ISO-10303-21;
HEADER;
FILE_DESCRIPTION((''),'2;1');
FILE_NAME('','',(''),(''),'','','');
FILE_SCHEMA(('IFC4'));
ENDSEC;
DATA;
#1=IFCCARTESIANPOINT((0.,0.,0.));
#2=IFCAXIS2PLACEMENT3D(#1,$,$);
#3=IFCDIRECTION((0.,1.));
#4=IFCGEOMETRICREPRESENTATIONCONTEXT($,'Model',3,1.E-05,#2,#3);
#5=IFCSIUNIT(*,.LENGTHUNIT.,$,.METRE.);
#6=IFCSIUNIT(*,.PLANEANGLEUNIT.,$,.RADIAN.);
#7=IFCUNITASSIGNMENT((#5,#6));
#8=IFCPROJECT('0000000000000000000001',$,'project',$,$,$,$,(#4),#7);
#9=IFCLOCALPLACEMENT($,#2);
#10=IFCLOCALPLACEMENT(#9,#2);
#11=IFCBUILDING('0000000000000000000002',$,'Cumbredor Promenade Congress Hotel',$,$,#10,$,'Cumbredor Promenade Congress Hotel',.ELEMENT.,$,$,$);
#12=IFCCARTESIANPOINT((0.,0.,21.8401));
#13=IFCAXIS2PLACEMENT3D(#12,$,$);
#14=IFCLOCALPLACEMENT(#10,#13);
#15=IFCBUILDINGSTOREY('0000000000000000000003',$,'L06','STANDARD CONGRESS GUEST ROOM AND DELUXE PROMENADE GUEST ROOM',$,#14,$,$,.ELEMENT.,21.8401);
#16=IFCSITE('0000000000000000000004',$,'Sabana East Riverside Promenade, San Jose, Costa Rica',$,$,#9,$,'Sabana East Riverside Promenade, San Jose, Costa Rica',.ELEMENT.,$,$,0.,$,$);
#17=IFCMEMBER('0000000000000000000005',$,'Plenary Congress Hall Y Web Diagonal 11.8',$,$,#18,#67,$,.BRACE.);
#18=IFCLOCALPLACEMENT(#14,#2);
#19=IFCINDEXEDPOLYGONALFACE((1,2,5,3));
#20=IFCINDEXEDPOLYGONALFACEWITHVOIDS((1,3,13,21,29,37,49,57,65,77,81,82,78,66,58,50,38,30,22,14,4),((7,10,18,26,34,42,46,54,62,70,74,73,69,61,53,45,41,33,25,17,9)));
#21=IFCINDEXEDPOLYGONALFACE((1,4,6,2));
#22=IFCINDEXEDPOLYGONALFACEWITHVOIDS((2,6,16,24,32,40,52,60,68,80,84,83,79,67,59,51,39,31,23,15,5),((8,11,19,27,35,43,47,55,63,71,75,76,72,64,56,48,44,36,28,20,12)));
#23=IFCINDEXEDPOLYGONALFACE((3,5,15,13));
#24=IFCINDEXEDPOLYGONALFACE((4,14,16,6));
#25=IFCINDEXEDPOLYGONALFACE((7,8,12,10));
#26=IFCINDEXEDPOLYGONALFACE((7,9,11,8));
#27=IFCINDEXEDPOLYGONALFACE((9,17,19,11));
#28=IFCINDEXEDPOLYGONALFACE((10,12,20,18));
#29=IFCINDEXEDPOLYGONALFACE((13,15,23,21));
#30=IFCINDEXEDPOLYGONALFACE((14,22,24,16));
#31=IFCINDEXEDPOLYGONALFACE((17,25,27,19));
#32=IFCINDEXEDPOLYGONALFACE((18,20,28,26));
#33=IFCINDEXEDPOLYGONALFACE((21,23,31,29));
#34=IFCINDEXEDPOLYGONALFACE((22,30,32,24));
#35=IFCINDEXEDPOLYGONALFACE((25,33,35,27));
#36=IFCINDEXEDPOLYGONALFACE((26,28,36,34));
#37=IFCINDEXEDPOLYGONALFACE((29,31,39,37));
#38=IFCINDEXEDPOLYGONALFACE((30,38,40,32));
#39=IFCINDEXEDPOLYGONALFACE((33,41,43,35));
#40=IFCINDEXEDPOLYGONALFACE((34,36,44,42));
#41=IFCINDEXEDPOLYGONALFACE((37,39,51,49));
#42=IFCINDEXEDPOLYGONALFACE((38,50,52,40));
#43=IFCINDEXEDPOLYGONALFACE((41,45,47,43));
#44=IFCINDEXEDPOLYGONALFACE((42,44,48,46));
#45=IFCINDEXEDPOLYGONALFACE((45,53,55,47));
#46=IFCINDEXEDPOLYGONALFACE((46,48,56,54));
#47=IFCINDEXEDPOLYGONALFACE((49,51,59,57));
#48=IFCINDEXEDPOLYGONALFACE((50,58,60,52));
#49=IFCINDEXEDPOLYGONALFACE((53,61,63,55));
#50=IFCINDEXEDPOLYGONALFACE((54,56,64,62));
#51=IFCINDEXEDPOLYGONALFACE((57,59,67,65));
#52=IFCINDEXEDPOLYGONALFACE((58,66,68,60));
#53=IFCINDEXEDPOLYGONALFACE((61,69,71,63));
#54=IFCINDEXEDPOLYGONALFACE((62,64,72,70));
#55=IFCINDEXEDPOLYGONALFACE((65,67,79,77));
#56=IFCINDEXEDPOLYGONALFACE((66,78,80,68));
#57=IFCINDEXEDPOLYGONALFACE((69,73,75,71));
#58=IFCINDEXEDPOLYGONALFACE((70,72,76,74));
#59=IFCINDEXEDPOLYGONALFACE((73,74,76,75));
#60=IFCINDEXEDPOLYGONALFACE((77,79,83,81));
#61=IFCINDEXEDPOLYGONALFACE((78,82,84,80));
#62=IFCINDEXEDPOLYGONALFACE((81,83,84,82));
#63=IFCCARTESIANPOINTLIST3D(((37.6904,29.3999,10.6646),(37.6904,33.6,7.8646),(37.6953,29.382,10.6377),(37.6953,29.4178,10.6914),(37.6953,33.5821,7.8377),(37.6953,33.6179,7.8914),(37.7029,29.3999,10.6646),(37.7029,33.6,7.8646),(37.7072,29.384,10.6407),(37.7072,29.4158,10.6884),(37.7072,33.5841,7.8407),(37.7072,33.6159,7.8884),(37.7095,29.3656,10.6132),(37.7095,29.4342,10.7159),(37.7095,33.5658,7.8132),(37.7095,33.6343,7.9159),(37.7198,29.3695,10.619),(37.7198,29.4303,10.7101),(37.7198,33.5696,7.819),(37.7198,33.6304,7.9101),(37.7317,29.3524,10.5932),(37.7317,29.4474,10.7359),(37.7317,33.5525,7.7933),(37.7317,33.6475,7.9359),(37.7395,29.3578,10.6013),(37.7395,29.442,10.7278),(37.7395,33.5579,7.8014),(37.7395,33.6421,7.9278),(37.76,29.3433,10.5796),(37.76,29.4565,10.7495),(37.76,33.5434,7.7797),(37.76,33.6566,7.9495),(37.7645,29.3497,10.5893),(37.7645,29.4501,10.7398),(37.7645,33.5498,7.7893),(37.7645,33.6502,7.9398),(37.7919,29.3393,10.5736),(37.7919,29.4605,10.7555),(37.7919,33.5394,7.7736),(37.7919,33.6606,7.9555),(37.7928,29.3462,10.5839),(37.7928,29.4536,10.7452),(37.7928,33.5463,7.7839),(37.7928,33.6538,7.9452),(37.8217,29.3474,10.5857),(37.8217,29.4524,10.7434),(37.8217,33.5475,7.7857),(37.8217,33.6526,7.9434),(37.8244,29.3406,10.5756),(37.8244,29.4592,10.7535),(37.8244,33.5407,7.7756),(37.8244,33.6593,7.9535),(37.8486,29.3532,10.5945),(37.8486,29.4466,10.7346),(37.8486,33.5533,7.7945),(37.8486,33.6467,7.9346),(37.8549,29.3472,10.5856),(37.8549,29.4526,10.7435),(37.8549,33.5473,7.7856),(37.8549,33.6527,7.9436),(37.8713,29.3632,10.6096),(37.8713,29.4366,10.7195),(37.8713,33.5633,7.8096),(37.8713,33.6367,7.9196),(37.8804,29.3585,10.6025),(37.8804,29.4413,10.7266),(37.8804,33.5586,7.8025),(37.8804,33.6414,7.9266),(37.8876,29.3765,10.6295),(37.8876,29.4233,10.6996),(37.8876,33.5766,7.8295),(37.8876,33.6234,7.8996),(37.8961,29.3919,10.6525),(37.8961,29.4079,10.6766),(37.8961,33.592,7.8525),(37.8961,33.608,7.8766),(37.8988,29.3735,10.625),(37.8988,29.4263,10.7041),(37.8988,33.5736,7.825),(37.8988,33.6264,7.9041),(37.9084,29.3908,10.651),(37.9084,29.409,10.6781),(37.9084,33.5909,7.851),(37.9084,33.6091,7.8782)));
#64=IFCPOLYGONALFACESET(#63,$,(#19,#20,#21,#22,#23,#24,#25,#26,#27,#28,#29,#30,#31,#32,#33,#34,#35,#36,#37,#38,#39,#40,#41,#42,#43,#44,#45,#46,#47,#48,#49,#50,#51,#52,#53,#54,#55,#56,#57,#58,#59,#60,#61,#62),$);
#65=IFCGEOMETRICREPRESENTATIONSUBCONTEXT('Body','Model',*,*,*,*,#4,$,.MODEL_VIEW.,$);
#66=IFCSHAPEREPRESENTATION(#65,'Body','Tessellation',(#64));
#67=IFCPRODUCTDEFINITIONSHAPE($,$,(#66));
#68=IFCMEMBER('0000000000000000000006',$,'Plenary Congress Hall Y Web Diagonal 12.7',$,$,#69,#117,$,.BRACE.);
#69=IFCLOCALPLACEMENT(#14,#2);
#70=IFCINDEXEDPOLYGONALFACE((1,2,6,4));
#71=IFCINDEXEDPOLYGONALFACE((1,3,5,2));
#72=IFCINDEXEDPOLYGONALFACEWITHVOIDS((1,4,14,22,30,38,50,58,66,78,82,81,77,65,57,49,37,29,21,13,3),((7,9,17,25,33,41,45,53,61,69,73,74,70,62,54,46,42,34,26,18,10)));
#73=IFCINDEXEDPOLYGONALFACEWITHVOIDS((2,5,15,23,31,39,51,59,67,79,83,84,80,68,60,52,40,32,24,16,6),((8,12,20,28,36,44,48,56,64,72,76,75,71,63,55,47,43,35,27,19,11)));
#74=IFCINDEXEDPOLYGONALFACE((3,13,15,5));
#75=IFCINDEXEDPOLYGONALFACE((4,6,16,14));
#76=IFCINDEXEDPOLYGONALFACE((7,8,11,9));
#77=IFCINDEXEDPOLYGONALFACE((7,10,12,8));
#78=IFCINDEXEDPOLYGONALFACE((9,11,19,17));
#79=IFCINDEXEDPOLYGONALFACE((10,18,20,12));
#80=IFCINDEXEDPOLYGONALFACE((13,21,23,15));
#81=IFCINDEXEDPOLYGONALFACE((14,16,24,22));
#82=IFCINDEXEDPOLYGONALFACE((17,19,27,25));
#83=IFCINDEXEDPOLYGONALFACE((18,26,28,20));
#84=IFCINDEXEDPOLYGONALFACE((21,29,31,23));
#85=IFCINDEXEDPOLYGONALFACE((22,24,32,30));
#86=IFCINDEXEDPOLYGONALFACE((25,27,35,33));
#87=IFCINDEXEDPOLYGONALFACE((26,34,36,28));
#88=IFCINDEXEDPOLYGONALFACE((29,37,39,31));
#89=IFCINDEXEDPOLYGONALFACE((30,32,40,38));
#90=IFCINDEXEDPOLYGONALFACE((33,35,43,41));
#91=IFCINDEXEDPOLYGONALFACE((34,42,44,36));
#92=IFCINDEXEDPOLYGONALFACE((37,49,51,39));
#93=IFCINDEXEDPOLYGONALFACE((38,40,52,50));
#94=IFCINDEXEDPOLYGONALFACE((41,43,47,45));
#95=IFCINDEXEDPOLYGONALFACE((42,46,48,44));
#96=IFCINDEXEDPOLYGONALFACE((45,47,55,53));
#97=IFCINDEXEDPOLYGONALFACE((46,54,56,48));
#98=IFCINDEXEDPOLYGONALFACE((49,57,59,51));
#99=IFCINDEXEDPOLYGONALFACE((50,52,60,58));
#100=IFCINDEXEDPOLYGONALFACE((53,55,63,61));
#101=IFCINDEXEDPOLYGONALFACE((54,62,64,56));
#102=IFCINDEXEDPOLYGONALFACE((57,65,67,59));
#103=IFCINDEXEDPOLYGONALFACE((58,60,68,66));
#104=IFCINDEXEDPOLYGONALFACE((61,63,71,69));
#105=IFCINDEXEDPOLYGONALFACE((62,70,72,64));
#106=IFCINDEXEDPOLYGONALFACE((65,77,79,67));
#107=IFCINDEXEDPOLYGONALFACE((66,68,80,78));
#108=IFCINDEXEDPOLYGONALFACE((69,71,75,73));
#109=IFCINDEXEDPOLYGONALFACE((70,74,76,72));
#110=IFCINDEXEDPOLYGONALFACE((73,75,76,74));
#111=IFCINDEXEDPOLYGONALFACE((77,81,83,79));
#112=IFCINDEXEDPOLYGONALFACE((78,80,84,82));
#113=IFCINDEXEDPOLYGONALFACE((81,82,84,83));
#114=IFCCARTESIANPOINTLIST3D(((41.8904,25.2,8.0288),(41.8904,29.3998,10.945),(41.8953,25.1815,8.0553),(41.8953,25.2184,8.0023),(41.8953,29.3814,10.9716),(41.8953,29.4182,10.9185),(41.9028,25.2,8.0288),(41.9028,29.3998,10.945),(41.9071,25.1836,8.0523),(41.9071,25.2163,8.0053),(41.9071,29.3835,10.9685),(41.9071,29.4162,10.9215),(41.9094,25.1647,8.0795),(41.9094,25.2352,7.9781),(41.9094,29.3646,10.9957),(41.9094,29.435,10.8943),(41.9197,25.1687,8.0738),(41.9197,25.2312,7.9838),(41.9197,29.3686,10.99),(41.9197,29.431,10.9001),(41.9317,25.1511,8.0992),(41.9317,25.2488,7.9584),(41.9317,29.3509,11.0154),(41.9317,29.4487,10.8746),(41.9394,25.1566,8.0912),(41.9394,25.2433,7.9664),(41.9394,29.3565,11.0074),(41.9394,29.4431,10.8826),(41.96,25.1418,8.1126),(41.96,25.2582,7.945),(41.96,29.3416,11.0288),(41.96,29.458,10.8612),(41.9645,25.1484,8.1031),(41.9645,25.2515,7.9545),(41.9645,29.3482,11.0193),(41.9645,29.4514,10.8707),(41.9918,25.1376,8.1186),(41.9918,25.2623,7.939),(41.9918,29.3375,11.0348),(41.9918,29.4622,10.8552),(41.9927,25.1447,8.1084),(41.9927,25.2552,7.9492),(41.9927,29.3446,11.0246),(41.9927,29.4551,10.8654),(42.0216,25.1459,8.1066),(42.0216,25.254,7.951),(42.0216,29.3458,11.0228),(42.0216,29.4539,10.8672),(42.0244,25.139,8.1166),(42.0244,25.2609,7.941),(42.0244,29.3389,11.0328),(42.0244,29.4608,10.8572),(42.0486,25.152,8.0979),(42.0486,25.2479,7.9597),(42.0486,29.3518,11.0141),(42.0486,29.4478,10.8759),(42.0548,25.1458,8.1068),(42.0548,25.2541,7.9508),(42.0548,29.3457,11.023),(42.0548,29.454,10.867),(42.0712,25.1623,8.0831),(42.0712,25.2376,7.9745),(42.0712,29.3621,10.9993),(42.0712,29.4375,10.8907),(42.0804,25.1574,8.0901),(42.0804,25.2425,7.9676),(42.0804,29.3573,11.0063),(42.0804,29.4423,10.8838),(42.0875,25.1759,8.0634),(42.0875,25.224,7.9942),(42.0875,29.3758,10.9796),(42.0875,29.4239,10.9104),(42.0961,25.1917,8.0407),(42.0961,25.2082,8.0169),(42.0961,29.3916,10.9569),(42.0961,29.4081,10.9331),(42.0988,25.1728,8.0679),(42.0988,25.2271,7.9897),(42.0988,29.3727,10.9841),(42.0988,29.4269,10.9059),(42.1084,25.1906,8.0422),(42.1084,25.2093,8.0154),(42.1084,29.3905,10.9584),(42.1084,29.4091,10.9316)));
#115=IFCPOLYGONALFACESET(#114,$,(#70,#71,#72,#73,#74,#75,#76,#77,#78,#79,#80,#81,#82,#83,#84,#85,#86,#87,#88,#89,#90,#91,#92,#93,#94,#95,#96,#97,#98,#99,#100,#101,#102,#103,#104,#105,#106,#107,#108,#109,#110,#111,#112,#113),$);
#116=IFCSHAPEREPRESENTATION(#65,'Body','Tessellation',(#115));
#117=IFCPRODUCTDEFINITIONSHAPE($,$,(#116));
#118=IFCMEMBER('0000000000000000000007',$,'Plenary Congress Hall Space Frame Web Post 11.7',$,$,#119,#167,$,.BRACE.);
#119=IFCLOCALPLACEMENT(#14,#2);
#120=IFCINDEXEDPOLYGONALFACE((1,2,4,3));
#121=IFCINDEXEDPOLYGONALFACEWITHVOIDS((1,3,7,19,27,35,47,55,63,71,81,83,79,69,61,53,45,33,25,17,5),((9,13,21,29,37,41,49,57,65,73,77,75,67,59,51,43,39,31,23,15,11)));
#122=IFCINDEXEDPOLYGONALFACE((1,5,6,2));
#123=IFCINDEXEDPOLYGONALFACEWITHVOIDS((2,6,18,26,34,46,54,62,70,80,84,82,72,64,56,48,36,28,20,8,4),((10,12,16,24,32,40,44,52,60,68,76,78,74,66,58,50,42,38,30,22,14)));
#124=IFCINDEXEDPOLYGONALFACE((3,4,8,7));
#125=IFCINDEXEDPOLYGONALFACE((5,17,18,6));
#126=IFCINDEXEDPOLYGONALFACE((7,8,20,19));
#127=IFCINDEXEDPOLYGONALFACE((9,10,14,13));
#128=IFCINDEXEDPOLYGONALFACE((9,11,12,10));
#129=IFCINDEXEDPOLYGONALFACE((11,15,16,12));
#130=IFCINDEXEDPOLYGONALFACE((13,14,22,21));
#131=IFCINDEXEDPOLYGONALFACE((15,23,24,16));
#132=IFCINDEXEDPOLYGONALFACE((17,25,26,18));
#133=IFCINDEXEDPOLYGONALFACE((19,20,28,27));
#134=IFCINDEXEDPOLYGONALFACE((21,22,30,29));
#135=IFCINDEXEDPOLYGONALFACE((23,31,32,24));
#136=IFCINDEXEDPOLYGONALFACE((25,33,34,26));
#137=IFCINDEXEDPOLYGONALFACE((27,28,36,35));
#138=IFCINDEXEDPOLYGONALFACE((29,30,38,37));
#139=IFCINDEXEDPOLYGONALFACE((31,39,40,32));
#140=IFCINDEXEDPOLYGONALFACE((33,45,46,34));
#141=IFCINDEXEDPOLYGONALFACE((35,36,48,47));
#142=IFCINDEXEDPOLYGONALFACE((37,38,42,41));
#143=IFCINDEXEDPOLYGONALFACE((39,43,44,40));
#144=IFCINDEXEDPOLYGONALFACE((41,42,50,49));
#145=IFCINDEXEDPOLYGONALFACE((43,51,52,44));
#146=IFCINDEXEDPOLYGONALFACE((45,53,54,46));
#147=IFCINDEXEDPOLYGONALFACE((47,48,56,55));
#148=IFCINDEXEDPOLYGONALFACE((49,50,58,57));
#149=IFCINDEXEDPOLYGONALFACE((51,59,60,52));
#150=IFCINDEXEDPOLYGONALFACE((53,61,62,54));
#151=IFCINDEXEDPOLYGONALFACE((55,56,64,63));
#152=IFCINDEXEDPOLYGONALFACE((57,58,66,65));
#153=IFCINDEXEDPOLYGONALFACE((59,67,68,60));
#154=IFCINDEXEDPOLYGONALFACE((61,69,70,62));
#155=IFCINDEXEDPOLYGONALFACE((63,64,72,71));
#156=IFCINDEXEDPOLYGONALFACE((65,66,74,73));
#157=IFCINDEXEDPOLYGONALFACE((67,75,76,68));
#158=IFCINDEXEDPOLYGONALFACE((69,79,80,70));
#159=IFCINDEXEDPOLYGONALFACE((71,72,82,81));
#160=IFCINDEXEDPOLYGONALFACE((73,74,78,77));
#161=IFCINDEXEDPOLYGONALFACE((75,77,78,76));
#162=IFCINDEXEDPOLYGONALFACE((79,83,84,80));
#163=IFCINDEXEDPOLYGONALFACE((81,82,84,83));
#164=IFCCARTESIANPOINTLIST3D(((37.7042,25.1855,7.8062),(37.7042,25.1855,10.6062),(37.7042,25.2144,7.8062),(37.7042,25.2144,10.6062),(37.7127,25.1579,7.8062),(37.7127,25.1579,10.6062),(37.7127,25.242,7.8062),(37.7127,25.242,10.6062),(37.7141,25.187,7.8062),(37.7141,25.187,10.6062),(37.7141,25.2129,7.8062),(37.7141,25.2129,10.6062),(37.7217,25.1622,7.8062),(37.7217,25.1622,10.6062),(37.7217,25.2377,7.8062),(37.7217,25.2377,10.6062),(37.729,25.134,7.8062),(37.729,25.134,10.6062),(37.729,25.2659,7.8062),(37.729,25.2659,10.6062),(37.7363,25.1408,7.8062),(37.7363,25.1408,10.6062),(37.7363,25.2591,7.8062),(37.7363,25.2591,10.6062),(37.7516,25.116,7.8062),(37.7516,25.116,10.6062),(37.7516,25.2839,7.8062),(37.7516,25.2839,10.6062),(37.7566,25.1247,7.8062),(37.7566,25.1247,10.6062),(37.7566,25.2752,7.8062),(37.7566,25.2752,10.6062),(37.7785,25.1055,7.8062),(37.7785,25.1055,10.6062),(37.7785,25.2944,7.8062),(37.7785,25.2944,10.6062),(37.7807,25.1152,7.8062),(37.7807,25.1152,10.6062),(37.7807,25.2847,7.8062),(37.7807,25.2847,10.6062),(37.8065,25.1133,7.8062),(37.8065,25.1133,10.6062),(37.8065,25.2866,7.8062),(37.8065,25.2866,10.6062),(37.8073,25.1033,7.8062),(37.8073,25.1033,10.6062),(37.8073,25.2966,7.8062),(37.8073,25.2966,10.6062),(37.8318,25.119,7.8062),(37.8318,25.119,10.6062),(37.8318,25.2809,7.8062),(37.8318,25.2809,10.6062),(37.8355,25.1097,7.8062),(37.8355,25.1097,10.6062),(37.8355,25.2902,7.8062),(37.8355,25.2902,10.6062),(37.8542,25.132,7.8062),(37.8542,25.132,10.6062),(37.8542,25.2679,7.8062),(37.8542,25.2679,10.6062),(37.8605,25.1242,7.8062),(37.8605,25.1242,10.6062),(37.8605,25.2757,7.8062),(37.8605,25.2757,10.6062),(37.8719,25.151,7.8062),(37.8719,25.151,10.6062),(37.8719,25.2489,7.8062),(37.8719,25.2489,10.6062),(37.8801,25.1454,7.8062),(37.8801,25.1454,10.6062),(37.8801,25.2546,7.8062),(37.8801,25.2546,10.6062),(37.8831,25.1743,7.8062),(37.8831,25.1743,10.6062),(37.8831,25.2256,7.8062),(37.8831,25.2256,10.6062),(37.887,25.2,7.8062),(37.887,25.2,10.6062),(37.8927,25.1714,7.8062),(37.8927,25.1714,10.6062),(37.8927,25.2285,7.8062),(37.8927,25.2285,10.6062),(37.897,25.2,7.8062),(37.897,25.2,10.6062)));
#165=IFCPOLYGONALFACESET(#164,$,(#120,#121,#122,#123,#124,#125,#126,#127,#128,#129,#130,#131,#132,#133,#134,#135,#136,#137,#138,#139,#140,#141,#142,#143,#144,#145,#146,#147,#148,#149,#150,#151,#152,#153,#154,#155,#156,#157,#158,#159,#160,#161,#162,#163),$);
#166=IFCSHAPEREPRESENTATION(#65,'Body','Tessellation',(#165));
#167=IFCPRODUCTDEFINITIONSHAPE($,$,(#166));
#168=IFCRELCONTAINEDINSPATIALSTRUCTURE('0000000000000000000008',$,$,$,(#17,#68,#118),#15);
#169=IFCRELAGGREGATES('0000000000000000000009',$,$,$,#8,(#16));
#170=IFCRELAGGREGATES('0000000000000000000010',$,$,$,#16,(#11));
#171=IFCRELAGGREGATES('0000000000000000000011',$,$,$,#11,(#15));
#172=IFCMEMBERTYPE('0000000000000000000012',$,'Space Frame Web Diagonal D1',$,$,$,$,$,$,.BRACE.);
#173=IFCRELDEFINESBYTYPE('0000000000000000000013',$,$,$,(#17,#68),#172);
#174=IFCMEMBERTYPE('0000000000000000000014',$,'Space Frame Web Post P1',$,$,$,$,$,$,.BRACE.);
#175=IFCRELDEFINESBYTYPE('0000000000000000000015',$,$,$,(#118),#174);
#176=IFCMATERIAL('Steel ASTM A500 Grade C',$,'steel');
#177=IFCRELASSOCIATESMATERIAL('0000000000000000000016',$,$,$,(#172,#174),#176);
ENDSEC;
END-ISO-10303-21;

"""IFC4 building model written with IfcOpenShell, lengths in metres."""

from ifc_helpers import new_model, si_unit, direction, frame, origin, origin_2d, place, context, subcontext, project, spatial, hollow_circle, extrude, material, material_profile, profile_set, type_object, element, save


model = new_model("IFC4")

# Units and contexts
model_context = context("Model", 3, precision=1e-05, world=origin(), true_north=direction((0.0, 1.0)))
body_context = subcontext(model_context, "Body", "Model", "MODEL_VIEW")
ifc_project = project(units=[si_unit("LENGTHUNIT", "METRE"), si_unit("PLANEANGLEUNIT", "RADIAN")], contexts=[model_context])

# Site, building, storey
site_placement = place(None, origin())
site = spatial("IfcSite", under=ifc_project, at=site_placement, Name="Sabana East Riverside Promenade, San Jose, Costa Rica", LongName="Sabana East Riverside Promenade, San Jose, Costa Rica", CompositionType="ELEMENT", RefElevation=0.0)
building_placement = place(site_placement, origin())
building = spatial("IfcBuilding", under=site, at=building_placement, Name="Cumbredor Promenade Congress Hotel", LongName="Cumbredor Promenade Congress Hotel", CompositionType="ELEMENT")
storey_placement = place(building_placement, frame((0.0, 0.0, 21.8401)))
storey = spatial("IfcBuildingStorey", under=building, at=storey_placement, Name="L06", Description="STANDARD CONGRESS GUEST ROOM AND DELUXE PROMENADE GUEST ROOM", CompositionType="ELEMENT", Elevation=21.8401)

# Members
ifc_material_1 = material(Name="Steel ASTM A500 Grade C", Category="steel")
ifc_material_profile_1 = material_profile(ifc_material_1, hollow_circle(Radius=0.1096, WallThickness=0.0125, at=origin_2d()), Name="CHS 219.1x12.5")
ifc_profile_set_1 = profile_set([ifc_material_profile_1], Name="Steel ASTM A500 Grade C")
member_type_1 = type_object("IfcMemberType", Name="Space Frame Web Diagonal D1", PredefinedType="BRACE", material=ifc_profile_set_1)
member_1_placement = place(storey_placement, frame((37.8, 29.3999, 10.6646), z_axis=(0.0, 0.832058, -0.554689), x_axis=(-1.0, 0.0, 0.0)))
element("IfcMember", 1, at=member_1_placement, inside=storey, type_object=member_type_1, Name="Plenary Congress Hall Y Web Diagonal 11.8", PredefinedType="BRACE", context=body_context, shape_type="SweptSolid", body=[
    extrude(hollow_circle(Radius=0.1096, WallThickness=0.0125, at=origin_2d()), origin(), (0.0, 0.0, 1.0), 5.0479),
])
member_2_placement = place(storey_placement, frame((42.0, 25.2, 8.0288), z_axis=(0.0, 0.821404, 0.570347), x_axis=(-1.0, 0.0, 0.0)))
element("IfcMember", 2, at=member_2_placement, inside=storey, type_object=member_type_1, Name="Plenary Congress Hall Y Web Diagonal 12.7", PredefinedType="BRACE", context=body_context, shape_type="SweptSolid", body=[
    extrude(hollow_circle(Radius=0.1096, WallThickness=0.0125, at=origin_2d()), origin(), (0.0, 0.0, 1.0), 5.113),
])
ifc_material_profile_2 = material_profile(ifc_material_1, hollow_circle(Radius=0.0969, WallThickness=0.01, at=origin_2d()), Name="CHS 193.7x10")
ifc_profile_set_2 = profile_set([ifc_material_profile_2], Name="Steel ASTM A500 Grade C")
member_type_2 = type_object("IfcMemberType", Name="Space Frame Web Post P1", PredefinedType="BRACE", material=ifc_profile_set_2)
for number, where, z_axis, x_axis, name in (
    (3, (37.8, 25.2, 7.8062), (0.0, 0.0, 1.0), (1.0, 0.0, 0.0), "Plenary Congress Hall Space Frame Web Post 11.7"),
):
    element("IfcMember", number, at=place(storey_placement, frame(where, z_axis=z_axis, x_axis=x_axis)), inside=storey, type_object=member_type_2, Name=name, PredefinedType="BRACE", context=body_context, shape_type="SweptSolid", body=[
        extrude(hollow_circle(Radius=0.0969, WallThickness=0.01, at=origin_2d()), origin(), (0.0, 0.0, 1.0), 2.8),
    ])

save(model, "model.ifc")
